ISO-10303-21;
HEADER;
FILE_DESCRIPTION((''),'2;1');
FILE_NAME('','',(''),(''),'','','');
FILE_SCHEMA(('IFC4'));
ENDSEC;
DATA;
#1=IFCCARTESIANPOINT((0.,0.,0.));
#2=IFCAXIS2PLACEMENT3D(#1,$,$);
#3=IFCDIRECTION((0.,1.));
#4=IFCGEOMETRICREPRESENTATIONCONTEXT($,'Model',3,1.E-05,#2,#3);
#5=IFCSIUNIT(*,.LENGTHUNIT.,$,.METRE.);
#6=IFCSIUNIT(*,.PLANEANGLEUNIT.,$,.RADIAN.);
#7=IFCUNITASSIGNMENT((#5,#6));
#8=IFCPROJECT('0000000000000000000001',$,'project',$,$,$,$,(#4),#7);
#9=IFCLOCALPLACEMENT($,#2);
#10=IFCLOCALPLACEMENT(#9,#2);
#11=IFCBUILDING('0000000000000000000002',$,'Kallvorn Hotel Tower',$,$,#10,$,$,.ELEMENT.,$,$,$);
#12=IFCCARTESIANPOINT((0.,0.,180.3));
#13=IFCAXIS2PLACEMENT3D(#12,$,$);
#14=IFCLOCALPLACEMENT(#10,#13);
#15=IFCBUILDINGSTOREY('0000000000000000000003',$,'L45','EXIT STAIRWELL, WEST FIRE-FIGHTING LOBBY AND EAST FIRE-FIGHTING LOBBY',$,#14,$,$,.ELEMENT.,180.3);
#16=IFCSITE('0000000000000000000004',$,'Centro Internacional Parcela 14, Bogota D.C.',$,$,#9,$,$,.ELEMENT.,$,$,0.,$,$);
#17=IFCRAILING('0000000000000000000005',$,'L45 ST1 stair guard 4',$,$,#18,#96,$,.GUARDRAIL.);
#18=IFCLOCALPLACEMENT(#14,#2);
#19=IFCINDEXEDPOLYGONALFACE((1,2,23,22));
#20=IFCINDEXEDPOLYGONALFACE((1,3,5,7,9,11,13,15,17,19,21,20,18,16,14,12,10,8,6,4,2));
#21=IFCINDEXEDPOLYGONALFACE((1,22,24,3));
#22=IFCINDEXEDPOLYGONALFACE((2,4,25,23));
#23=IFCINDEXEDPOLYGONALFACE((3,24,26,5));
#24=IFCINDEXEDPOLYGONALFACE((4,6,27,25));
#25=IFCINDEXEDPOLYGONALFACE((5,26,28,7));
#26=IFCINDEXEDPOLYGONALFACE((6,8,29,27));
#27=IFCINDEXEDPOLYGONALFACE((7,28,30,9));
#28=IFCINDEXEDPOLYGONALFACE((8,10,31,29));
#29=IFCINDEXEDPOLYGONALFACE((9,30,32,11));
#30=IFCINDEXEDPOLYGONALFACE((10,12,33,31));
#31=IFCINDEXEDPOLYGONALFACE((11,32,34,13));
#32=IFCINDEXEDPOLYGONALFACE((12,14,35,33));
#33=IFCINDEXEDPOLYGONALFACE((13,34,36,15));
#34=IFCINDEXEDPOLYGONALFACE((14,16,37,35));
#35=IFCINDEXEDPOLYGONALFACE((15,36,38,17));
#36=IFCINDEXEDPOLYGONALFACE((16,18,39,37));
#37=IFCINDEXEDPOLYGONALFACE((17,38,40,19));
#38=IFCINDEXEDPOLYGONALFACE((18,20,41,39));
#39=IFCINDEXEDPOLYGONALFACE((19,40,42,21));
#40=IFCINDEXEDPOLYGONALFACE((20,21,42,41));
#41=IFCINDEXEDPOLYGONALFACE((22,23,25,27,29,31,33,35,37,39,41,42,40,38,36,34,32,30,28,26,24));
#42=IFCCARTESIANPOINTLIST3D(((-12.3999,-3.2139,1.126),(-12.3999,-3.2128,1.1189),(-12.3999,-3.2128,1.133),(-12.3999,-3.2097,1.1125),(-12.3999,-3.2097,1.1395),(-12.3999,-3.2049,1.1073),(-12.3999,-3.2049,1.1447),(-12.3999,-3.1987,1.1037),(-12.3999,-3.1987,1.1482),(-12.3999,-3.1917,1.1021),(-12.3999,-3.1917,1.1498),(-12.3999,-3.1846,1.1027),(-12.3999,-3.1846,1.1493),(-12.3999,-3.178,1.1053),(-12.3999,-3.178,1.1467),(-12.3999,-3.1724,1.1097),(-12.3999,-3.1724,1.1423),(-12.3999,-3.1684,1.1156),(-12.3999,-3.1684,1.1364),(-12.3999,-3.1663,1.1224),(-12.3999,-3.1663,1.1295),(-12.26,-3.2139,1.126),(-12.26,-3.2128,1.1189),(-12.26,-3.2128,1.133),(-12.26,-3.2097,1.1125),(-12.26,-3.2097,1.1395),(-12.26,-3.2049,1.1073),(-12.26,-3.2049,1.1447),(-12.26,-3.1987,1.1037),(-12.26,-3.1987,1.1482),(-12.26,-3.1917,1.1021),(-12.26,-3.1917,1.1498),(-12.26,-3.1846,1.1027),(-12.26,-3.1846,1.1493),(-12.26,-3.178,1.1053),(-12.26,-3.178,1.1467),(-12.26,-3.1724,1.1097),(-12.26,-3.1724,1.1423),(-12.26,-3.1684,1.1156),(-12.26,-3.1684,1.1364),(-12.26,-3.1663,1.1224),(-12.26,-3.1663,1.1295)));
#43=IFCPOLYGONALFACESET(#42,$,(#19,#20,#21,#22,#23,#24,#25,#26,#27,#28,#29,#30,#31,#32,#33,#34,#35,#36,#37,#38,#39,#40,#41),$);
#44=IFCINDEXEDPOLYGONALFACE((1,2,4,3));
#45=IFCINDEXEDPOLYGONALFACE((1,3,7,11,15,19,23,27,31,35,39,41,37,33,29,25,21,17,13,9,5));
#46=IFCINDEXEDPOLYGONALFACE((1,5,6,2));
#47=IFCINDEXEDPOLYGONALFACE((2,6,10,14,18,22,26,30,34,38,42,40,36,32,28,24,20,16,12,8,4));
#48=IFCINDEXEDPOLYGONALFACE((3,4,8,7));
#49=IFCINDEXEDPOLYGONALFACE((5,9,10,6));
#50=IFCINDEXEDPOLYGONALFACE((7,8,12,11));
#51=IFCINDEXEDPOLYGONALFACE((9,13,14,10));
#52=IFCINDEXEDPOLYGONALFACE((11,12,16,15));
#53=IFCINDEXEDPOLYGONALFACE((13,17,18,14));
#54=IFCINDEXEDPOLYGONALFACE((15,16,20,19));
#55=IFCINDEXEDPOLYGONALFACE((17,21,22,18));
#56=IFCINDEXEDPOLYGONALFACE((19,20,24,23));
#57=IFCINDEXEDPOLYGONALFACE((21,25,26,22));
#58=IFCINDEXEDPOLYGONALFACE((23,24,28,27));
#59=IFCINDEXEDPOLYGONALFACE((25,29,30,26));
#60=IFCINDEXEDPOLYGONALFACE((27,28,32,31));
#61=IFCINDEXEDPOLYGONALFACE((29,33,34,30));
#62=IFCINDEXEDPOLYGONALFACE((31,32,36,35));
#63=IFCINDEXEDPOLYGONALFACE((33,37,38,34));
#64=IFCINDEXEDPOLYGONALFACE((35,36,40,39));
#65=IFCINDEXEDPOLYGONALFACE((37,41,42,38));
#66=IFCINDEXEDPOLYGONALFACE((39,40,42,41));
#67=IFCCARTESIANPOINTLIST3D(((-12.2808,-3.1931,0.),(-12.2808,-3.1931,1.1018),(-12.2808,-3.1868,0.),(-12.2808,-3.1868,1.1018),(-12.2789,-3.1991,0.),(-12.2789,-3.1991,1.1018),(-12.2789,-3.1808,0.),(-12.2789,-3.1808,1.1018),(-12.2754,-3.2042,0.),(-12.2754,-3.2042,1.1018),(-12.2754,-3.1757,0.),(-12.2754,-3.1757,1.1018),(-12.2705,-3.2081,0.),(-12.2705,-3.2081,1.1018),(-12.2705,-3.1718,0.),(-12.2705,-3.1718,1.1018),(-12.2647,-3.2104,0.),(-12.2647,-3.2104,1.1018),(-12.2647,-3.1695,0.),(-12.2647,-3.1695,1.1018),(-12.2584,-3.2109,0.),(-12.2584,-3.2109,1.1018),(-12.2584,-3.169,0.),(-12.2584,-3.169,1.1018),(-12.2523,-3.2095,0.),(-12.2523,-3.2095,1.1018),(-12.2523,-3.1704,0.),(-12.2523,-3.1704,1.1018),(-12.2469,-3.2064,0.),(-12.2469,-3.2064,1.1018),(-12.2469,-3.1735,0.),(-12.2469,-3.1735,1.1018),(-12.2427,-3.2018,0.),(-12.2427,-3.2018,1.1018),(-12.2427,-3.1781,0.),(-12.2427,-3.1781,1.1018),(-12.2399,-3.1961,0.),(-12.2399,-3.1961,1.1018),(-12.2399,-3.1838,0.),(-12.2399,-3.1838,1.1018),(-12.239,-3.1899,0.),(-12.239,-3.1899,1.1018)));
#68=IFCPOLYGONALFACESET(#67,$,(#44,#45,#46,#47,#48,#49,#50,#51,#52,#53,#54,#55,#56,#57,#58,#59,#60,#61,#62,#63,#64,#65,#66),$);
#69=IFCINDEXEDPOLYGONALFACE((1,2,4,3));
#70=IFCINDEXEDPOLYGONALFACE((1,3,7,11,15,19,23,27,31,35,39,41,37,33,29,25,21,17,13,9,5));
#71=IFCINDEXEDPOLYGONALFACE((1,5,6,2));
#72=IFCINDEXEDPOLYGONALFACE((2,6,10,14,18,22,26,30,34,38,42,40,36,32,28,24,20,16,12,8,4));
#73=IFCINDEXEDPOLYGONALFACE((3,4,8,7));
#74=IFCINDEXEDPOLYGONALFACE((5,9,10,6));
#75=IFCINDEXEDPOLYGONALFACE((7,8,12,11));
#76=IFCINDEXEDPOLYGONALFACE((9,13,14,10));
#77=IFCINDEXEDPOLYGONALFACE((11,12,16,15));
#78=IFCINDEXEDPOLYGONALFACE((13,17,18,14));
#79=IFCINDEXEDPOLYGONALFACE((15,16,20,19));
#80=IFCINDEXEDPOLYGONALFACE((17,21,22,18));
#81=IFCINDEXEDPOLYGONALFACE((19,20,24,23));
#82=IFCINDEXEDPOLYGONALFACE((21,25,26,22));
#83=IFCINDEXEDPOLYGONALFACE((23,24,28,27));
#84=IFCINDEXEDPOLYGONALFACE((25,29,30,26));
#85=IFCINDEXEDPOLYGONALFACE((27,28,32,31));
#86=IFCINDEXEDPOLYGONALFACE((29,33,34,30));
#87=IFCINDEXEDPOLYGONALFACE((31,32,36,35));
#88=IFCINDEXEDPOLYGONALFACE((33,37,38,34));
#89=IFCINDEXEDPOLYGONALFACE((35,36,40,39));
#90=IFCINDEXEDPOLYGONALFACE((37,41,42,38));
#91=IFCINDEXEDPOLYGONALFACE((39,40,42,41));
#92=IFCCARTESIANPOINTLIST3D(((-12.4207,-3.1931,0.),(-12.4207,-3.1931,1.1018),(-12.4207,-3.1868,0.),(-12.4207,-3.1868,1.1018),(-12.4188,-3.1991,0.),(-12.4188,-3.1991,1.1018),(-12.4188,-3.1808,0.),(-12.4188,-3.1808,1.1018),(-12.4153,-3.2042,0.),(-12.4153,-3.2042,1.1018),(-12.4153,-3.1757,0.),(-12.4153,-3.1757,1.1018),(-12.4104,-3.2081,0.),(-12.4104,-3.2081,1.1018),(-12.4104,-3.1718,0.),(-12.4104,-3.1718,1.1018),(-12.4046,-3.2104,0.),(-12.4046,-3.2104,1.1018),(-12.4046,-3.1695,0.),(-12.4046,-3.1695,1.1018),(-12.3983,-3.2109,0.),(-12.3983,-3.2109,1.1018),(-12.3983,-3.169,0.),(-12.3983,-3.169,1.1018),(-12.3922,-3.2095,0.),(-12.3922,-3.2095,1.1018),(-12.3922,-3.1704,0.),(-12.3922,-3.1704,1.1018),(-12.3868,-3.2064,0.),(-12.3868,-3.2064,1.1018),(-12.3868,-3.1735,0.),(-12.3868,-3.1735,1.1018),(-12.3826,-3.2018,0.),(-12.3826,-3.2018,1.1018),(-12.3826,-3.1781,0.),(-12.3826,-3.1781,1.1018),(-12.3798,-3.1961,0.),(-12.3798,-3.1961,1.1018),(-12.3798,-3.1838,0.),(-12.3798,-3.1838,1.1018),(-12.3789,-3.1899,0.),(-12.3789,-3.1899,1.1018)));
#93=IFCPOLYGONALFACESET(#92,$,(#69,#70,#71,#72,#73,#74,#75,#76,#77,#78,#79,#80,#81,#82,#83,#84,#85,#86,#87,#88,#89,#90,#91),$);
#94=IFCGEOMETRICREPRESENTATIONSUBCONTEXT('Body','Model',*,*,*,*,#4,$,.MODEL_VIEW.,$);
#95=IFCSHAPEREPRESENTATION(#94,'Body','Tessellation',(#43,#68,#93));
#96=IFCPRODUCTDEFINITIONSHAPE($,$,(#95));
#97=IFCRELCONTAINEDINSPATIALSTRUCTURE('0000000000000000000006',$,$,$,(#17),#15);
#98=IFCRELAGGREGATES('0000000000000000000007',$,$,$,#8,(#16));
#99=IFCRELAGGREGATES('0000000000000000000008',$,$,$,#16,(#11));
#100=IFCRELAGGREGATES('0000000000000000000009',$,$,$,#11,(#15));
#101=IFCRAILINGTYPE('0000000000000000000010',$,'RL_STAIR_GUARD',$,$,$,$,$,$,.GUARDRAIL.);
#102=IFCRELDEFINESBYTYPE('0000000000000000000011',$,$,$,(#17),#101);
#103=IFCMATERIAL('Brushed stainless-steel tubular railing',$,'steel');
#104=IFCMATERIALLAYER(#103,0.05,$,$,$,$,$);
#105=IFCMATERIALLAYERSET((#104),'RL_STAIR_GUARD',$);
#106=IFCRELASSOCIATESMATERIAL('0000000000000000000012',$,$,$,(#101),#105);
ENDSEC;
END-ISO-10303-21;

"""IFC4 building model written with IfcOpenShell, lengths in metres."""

from ifc_helpers import new_model, si_unit, direction, frame, origin, origin_2d, place, context, subcontext, project, spatial, circle, extrude, material, layer, layer_set, type_object, element, save


model = new_model("IFC4")

# Units and contexts
model_context = context("Model", 3, precision=1e-05, world=origin(), true_north=direction((0.0, 1.0)))
body_context = subcontext(model_context, "Body", "Model", "MODEL_VIEW")
ifc_project = project(units=[si_unit("LENGTHUNIT", "METRE"), si_unit("PLANEANGLEUNIT", "RADIAN")], contexts=[model_context])

# Site, building, storey
site_placement = place(None, origin())
site = spatial("IfcSite", under=ifc_project, at=site_placement, Name="Centro Internacional Parcela 14, Bogota D.C.", CompositionType="ELEMENT", RefElevation=0.0)
building_placement = place(site_placement, origin())
building = spatial("IfcBuilding", under=site, at=building_placement, Name="Kallvorn Hotel Tower", CompositionType="ELEMENT")
storey_placement = place(building_placement, frame((0.0, 0.0, 180.3)))
storey = spatial("IfcBuildingStorey", under=building, at=storey_placement, Name="L45", Description="EXIT STAIRWELL, WEST FIRE-FIGHTING LOBBY AND EAST FIRE-FIGHTING LOBBY", CompositionType="ELEMENT", Elevation=180.3)

# Railing
ifc_material_1 = material(Name="Brushed stainless-steel tubular railing", Category="steel")
ifc_layer_1 = layer(ifc_material_1, 0.05)
ifc_layer_set_1 = layer_set([ifc_layer_1], Name="RL_STAIR_GUARD")
railing_type = type_object("IfcRailingType", Name="RL_STAIR_GUARD", PredefinedType="GUARDRAIL", material=ifc_layer_set_1)
railing_1_placement = place(storey_placement, frame((-12.26, -3.1899, 0.0)))
element("IfcRailing", 1, at=railing_1_placement, inside=storey, type_object=railing_type, Name="L45 ST1 stair guard 4", PredefinedType="GUARDRAIL", context=body_context, shape_type="SweptSolid", body=[
    extrude(circle(Radius=0.0239, at=origin_2d()), frame((0.0, 0.0, 1.126), z_axis=(-1.0, 0.0, 0.0), x_axis=(0.0, -1.0, 0.0)), (0.0, 0.0, 1.0), 0.1399),
    extrude(circle(Radius=0.021, at=origin_2d()), origin(), (0.0, 0.0, 1.0), 1.1018),
    extrude(circle(Radius=0.021, at=origin_2d()), frame((-0.1399, 0.0, 0.0)), (0.0, 0.0, 1.0), 1.1018),
])

save(model, "model.ifc")
